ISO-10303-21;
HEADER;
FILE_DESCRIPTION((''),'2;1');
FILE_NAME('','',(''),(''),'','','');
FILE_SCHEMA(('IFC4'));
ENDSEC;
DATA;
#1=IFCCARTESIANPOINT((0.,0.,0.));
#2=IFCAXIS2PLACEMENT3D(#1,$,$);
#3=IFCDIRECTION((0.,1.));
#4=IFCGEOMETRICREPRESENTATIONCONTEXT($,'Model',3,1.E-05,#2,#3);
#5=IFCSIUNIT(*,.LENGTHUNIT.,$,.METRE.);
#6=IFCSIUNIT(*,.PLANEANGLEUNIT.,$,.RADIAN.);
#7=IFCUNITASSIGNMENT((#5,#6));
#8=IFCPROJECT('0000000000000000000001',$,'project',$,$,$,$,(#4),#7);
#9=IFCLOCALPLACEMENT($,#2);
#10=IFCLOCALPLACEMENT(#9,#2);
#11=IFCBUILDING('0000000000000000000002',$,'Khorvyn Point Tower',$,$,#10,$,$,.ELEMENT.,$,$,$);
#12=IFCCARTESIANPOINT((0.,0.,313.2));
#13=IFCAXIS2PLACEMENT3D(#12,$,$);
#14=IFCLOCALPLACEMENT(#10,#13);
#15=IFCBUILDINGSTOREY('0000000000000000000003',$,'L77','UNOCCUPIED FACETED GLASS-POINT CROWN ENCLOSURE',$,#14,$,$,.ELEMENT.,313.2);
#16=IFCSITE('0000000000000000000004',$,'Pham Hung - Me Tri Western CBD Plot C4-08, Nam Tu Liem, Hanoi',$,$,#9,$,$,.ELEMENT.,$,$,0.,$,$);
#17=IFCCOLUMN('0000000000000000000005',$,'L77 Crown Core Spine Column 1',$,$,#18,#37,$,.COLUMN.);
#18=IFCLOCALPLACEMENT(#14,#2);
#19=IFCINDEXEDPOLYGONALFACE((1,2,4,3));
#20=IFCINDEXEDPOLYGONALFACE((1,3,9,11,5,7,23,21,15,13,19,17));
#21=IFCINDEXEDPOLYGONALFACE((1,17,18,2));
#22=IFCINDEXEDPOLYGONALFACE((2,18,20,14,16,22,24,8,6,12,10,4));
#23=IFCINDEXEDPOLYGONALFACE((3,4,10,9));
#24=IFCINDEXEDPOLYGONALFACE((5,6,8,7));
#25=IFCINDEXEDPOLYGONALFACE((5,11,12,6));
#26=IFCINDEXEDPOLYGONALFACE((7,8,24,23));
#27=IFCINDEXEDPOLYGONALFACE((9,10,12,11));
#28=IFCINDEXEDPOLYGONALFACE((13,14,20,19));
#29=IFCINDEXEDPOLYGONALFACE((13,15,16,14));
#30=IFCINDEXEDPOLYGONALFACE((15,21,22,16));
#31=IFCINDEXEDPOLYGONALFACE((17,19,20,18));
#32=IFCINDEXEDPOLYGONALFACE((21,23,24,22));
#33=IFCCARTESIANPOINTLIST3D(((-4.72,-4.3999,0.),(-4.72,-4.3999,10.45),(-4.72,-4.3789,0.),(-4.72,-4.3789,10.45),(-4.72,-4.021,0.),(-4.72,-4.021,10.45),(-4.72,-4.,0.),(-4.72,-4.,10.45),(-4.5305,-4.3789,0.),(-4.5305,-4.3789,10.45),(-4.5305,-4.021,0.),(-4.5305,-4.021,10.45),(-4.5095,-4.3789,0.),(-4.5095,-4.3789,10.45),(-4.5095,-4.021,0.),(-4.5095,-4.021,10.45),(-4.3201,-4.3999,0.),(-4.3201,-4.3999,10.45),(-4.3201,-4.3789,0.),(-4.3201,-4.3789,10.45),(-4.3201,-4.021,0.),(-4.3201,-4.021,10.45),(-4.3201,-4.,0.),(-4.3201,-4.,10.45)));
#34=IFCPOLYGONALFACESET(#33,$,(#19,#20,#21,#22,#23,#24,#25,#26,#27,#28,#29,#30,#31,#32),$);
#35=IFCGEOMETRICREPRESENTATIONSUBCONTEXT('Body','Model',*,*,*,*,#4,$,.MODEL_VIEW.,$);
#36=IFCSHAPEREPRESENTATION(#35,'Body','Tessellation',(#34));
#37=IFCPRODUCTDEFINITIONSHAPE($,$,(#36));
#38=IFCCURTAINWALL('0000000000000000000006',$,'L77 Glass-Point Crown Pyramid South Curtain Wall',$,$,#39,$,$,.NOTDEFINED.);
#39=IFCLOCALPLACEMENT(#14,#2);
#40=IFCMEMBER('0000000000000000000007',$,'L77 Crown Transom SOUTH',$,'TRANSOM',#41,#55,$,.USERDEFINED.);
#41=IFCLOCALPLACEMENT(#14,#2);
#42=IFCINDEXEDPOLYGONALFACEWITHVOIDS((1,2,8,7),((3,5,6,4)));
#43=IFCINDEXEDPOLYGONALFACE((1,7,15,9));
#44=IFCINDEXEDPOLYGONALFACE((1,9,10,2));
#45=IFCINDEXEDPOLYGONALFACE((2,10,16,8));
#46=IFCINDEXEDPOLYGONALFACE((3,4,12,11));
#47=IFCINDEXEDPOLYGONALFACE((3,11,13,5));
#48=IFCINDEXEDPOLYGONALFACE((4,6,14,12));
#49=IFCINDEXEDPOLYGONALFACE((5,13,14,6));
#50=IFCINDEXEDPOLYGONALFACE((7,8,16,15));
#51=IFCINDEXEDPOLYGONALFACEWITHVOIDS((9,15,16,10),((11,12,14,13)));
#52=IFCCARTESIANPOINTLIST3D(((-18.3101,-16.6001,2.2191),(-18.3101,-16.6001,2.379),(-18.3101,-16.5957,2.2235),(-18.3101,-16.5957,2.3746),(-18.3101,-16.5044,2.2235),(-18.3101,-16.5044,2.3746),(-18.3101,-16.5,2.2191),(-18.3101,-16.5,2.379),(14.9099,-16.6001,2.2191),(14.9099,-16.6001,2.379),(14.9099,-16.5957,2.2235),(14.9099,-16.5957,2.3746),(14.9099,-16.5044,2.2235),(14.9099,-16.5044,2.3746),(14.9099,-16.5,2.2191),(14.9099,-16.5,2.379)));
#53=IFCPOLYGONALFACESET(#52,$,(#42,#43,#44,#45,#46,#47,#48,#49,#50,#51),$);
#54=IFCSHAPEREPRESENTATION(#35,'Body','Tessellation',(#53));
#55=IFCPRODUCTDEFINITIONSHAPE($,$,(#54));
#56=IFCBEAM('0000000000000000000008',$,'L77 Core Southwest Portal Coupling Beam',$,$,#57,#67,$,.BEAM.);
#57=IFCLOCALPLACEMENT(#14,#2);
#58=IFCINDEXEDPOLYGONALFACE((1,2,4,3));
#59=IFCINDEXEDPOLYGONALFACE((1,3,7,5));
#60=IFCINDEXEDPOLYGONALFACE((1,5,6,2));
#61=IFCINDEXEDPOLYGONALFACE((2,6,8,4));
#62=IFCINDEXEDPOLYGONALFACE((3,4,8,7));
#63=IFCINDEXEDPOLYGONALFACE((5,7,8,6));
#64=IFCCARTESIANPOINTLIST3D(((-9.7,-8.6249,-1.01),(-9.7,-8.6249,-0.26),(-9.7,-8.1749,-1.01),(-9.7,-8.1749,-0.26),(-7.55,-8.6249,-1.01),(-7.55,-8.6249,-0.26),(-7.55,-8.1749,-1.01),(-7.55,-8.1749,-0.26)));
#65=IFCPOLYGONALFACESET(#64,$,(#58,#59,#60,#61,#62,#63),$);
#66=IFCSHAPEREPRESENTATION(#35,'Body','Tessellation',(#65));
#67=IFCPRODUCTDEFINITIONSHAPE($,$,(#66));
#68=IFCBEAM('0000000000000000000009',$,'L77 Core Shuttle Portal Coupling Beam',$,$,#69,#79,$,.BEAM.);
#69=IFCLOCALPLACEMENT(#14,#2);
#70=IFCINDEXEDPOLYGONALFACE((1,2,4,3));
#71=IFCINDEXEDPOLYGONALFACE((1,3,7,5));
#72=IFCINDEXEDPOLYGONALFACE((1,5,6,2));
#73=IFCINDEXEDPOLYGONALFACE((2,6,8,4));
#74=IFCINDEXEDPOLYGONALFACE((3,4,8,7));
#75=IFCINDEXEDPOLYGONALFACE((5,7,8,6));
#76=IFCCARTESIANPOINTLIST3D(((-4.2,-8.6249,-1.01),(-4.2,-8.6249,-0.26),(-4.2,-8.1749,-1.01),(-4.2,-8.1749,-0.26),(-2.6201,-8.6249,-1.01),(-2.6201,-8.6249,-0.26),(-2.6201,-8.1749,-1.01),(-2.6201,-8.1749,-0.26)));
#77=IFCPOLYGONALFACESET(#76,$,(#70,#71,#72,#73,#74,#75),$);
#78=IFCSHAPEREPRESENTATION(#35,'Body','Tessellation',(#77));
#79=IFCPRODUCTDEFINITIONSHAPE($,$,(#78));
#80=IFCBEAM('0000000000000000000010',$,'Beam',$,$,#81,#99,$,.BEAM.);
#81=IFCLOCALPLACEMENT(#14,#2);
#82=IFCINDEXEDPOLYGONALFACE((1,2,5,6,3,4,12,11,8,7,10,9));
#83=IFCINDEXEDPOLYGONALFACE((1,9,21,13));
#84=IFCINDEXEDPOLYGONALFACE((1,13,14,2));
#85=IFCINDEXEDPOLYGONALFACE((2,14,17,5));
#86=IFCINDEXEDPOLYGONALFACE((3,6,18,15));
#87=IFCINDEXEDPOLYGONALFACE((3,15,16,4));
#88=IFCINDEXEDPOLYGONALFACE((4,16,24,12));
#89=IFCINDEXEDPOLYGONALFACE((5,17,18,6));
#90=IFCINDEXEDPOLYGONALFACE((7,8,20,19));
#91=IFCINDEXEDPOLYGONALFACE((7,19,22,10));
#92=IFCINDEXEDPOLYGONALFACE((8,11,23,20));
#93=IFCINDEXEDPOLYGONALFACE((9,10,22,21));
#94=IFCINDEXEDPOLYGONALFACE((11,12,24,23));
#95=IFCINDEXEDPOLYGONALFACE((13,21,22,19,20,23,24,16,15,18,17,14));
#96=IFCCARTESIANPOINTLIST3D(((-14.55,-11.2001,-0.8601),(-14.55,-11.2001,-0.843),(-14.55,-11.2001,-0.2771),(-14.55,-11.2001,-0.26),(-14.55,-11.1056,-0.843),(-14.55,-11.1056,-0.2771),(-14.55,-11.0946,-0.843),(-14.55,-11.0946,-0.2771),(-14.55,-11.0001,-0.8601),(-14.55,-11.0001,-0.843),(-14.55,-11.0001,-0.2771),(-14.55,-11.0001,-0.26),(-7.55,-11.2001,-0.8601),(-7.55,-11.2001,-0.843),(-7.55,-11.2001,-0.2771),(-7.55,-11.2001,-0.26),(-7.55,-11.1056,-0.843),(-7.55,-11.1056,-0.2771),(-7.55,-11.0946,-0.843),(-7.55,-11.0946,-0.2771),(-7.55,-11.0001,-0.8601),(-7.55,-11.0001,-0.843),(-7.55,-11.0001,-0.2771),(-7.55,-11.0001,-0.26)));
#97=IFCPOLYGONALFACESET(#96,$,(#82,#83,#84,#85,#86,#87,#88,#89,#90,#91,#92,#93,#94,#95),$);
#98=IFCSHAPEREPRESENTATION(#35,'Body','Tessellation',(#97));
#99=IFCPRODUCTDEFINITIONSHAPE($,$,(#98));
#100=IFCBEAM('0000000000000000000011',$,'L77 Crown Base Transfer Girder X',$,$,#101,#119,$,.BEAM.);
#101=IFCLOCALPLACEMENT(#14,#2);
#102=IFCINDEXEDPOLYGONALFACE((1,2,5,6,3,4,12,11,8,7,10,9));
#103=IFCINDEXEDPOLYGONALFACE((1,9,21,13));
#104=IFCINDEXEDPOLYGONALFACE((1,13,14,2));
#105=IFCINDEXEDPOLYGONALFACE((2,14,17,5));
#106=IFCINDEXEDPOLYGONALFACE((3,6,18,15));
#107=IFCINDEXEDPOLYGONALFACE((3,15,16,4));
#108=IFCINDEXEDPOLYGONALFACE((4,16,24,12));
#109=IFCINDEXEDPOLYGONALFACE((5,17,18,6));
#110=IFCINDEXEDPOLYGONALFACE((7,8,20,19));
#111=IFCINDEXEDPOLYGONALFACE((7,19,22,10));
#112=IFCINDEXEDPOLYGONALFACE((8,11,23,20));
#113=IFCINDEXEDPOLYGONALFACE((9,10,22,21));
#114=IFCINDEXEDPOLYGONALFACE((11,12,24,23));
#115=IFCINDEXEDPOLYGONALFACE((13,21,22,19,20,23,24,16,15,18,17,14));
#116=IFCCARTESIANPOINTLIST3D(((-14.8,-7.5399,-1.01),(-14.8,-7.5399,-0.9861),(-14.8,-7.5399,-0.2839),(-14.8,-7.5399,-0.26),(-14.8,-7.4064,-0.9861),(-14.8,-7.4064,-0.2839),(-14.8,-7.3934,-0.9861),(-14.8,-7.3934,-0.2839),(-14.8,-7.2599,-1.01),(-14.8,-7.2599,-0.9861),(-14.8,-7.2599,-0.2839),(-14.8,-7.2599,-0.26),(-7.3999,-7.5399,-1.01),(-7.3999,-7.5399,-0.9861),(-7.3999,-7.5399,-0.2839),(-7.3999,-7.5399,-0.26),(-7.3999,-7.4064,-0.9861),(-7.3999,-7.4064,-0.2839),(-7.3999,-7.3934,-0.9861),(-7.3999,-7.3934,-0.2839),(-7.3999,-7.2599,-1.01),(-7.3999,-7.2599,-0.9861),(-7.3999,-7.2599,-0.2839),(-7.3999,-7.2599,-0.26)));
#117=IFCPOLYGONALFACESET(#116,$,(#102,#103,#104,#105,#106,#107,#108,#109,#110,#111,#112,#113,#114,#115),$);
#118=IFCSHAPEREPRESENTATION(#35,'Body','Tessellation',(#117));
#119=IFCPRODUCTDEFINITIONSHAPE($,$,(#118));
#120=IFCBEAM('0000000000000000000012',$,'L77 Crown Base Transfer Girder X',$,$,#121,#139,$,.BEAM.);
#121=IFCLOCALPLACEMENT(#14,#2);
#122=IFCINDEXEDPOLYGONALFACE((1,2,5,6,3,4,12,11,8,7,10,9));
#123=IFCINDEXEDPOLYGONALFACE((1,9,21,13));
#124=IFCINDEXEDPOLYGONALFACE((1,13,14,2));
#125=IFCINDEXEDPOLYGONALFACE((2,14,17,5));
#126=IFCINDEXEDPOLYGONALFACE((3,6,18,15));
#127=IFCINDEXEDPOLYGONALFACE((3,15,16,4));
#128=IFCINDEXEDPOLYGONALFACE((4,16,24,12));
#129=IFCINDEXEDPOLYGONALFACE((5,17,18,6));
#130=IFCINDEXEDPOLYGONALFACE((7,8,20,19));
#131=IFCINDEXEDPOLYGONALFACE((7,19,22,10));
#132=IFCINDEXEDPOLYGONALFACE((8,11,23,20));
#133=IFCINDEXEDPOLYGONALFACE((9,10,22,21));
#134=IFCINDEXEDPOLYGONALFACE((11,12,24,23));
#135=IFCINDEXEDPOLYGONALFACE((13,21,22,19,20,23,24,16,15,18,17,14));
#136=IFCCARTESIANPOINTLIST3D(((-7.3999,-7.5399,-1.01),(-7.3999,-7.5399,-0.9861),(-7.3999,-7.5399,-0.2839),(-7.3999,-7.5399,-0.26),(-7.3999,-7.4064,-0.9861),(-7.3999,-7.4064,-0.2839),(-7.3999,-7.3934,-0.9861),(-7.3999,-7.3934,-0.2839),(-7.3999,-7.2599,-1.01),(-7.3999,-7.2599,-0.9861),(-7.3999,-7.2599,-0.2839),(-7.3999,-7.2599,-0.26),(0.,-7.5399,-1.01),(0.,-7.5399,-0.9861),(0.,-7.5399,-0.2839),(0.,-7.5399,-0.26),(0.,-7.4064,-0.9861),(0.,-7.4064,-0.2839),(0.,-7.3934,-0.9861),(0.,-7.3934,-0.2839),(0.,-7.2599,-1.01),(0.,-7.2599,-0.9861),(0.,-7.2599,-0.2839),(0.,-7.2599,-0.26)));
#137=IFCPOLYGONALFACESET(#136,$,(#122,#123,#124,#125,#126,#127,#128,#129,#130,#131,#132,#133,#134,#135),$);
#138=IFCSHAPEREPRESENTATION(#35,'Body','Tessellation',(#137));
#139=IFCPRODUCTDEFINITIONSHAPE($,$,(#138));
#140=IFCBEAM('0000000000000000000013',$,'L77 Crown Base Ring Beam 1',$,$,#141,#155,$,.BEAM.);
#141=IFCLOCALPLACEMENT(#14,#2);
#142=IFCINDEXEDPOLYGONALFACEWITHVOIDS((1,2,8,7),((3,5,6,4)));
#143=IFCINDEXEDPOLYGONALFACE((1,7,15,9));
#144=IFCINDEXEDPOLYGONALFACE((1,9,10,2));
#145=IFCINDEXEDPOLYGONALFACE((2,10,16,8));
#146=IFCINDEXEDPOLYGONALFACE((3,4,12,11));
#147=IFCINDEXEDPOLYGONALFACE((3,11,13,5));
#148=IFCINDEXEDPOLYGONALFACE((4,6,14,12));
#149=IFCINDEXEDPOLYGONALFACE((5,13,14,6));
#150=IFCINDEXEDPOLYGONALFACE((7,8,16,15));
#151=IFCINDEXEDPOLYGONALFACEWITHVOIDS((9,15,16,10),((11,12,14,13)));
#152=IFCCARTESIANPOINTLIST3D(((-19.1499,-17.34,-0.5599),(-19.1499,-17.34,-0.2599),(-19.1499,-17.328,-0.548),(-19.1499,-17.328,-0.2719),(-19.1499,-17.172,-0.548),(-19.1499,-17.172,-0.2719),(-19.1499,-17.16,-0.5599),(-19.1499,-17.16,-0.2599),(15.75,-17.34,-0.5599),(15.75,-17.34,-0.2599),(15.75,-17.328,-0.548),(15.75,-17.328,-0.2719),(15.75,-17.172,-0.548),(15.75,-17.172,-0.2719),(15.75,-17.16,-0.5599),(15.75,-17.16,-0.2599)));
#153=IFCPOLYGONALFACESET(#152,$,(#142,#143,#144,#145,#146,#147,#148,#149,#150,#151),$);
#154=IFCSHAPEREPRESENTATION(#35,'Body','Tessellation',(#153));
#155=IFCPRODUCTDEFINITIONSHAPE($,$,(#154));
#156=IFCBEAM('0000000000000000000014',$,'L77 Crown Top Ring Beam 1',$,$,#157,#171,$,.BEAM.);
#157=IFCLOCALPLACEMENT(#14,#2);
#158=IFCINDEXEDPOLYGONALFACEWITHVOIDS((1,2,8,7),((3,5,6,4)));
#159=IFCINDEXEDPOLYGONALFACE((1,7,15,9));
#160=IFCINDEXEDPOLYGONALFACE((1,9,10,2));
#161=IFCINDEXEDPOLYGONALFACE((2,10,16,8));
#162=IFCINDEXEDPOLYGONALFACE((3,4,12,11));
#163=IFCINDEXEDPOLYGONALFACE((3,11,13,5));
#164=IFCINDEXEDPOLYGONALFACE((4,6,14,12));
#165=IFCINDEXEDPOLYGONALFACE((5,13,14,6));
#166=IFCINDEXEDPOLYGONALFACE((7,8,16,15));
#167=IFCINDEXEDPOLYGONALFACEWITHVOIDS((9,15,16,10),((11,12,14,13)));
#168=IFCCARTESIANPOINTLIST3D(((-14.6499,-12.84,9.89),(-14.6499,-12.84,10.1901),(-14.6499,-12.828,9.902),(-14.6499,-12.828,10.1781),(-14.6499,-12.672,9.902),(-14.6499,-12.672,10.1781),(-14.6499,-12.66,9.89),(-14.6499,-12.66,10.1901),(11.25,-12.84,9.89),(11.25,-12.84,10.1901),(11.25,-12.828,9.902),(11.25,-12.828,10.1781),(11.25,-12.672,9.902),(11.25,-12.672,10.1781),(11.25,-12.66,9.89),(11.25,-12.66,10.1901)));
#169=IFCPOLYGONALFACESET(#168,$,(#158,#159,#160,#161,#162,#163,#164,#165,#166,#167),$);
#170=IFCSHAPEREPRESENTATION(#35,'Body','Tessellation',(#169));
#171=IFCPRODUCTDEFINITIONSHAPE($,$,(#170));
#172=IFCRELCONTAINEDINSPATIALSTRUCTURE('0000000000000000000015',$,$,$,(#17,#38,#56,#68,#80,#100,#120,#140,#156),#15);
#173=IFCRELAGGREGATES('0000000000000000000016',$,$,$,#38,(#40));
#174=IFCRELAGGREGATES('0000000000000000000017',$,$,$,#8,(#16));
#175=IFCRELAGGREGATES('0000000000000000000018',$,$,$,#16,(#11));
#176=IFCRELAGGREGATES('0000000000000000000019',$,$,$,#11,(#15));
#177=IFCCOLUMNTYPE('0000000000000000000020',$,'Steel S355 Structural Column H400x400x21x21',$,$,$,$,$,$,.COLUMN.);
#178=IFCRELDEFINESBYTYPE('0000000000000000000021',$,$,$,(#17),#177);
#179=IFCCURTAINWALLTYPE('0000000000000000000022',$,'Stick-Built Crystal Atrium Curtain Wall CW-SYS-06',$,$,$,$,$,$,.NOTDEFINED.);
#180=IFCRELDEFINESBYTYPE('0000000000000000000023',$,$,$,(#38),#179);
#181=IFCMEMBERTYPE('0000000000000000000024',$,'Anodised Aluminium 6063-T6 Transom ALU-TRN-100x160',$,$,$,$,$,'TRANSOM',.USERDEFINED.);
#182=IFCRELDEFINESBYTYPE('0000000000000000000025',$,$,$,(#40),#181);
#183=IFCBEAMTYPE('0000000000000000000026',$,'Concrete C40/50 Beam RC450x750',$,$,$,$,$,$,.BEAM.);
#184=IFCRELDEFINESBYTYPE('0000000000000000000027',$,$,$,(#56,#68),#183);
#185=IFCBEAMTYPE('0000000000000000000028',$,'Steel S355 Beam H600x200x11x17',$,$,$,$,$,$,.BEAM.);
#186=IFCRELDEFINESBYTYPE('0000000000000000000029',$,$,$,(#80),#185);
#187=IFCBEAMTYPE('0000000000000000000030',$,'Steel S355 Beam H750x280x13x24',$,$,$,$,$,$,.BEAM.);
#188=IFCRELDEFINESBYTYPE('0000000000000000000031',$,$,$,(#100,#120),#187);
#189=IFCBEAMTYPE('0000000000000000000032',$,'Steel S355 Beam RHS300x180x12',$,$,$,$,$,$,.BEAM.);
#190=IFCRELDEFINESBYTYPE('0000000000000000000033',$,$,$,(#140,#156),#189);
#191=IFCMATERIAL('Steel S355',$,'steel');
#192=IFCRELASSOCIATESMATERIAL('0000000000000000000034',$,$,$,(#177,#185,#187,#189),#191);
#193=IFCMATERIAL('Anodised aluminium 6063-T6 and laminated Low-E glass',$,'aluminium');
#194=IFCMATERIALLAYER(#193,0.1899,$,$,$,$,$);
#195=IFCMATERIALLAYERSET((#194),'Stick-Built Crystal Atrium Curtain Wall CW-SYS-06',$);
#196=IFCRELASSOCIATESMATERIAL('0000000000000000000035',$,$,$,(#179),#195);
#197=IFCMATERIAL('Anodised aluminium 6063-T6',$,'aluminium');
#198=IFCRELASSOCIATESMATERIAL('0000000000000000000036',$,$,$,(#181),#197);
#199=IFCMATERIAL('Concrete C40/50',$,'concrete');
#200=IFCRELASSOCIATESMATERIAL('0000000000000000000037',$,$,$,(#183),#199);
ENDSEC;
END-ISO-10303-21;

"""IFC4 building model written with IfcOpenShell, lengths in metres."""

from ifc_helpers import new_model, si_unit, direction, frame, origin, origin_2d, place, context, subcontext, project, spatial, rectangle, hollow_rectangle, i_section, extrude, material, layer, layer_set, material_profile, profile_set, type_object, element, aggregate, save


model = new_model("IFC4")

# Units and contexts
model_context = context("Model", 3, precision=1e-05, world=origin(), true_north=direction((0.0, 1.0)))
body_context = subcontext(model_context, "Body", "Model", "MODEL_VIEW")
ifc_project = project(units=[si_unit("LENGTHUNIT", "METRE"), si_unit("PLANEANGLEUNIT", "RADIAN")], contexts=[model_context])

# Site, building, storey
site_placement = place(None, origin())
site = spatial("IfcSite", under=ifc_project, at=site_placement, Name="Pham Hung - Me Tri Western CBD Plot C4-08, Nam Tu Liem, Hanoi", CompositionType="ELEMENT", RefElevation=0.0)
building_placement = place(site_placement, origin())
building = spatial("IfcBuilding", under=site, at=building_placement, Name="Khorvyn Point Tower", CompositionType="ELEMENT")
storey_placement = place(building_placement, frame((0.0, 0.0, 313.2)))
storey = spatial("IfcBuildingStorey", under=building, at=storey_placement, Name="L77", Description="UNOCCUPIED FACETED GLASS-POINT CROWN ENCLOSURE", CompositionType="ELEMENT", Elevation=313.2)

# Column
ifc_material_1 = material(Name="Steel S355", Category="steel")
ifc_material_profile_1 = material_profile(ifc_material_1, i_section(OverallWidth=0.3999, OverallDepth=0.3999, WebThickness=0.021, FlangeThickness=0.021, at=origin_2d()))
ifc_profile_set_1 = profile_set([ifc_material_profile_1], Name="Steel S355 H400x400x21x21")
column_type = type_object("IfcColumnType", Name="Steel S355 Structural Column H400x400x21x21", PredefinedType="COLUMN", material=ifc_profile_set_1)
column_placement = place(storey_placement, frame((-4.52, -4.2, 0.0), z_axis=(0.0, 0.0, 1.0), x_axis=(1.0, 0.0, 0.0)))
element("IfcColumn", 1, at=column_placement, inside=storey, type_object=column_type, Name="L77 Crown Core Spine Column 1", PredefinedType="COLUMN", context=body_context, shape_type="SweptSolid", body=[
    extrude(i_section(OverallWidth=0.3999, OverallDepth=0.3999, WebThickness=0.021, FlangeThickness=0.021, at=origin_2d()), origin(), (0.0, 0.0, 1.0), 10.45),
])

# Curtain wall, member
ifc_material_2 = material(Name="Anodised aluminium 6063-T6 and laminated Low-E glass", Category="aluminium")
ifc_layer_1 = layer(ifc_material_2, 0.1899)
ifc_layer_set_1 = layer_set([ifc_layer_1], Name="Stick-Built Crystal Atrium Curtain Wall CW-SYS-06")
curtain_wall_type = type_object("IfcCurtainWallType", Name="Stick-Built Crystal Atrium Curtain Wall CW-SYS-06", PredefinedType="NOTDEFINED", material=ifc_layer_set_1)
curtain_wall_placement = place(storey_placement, origin())
curtain_wall = element("IfcCurtainWall", 2, at=curtain_wall_placement, inside=storey, type_object=curtain_wall_type, Name="L77 Glass-Point Crown Pyramid South Curtain Wall", PredefinedType="NOTDEFINED")
ifc_material_3 = material(Name="Anodised aluminium 6063-T6", Category="aluminium")
ifc_material_profile_2 = material_profile(ifc_material_3, hollow_rectangle(XDim=0.1001, YDim=0.1599, WallThickness=0.0044, at=origin_2d()))
ifc_profile_set_2 = profile_set([ifc_material_profile_2], Name="Anodised aluminium 6063-T6 ALU-TRN-100x160")
member_type_1 = type_object("IfcMemberType", Name="Anodised Aluminium 6063-T6 Transom ALU-TRN-100x160", ElementType="TRANSOM", PredefinedType="USERDEFINED", material=ifc_profile_set_2)
member_1_placement = place(storey_placement, frame((-18.3101, -16.55, 2.2991), z_axis=(1.0, 0.0, 0.0), x_axis=(0.0, 1.0, 0.0)))
member_1 = element("IfcMember", 3, at=member_1_placement, type_object=member_type_1, Name="L77 Crown Transom SOUTH", ObjectType="TRANSOM", PredefinedType="USERDEFINED", context=body_context, shape_type="SweptSolid", body=[
    extrude(hollow_rectangle(XDim=0.1001, YDim=0.1599, WallThickness=0.0044, at=origin_2d()), origin(), (0.0, 0.0, 1.0), 33.22),
])

# Beams
ifc_material_4 = material(Name="Concrete C40/50", Category="concrete")
ifc_material_profile_3 = material_profile(ifc_material_4, rectangle(XDim=0.45, YDim=0.75, at=origin_2d()))
ifc_profile_set_3 = profile_set([ifc_material_profile_3], Name="Concrete C40/50 RC450x750")
beam_type_1 = type_object("IfcBeamType", Name="Concrete C40/50 Beam RC450x750", PredefinedType="BEAM", material=ifc_profile_set_3)
beam_1_placement = place(storey_placement, frame((-9.7, -8.3999, -0.635), z_axis=(1.0, 0.0, 0.0), x_axis=(0.0, 1.0, 0.0)))
element("IfcBeam", 4, at=beam_1_placement, inside=storey, type_object=beam_type_1, Name="L77 Core Southwest Portal Coupling Beam", PredefinedType="BEAM", context=body_context, shape_type="SweptSolid", body=[
    extrude(rectangle(XDim=0.45, YDim=0.75, at=origin_2d()), origin(), (0.0, 0.0, 1.0), 2.1499),
])
beam_2_placement = place(storey_placement, frame((-4.2, -8.3999, -0.635), z_axis=(1.0, 0.0, 0.0), x_axis=(0.0, 1.0, 0.0)))
element("IfcBeam", 5, at=beam_2_placement, inside=storey, type_object=beam_type_1, Name="L77 Core Shuttle Portal Coupling Beam", PredefinedType="BEAM", context=body_context, shape_type="SweptSolid", body=[
    extrude(rectangle(XDim=0.45, YDim=0.75, at=origin_2d()), origin(), (0.0, 0.0, 1.0), 1.5798),
])
ifc_material_profile_4 = material_profile(ifc_material_1, i_section(OverallWidth=0.2, OverallDepth=0.6001, WebThickness=0.011, FlangeThickness=0.0171, at=origin_2d()))
ifc_profile_set_4 = profile_set([ifc_material_profile_4], Name="Steel S355 H600x200x11x17")
beam_type_2 = type_object("IfcBeamType", Name="Steel S355 Beam H600x200x11x17", PredefinedType="BEAM", material=ifc_profile_set_4)
beam_3_placement = place(storey_placement, frame((-14.55, -11.1001, -0.5601), z_axis=(1.0, 0.0, 0.0), x_axis=(0.0, 1.0, 0.0)))
element("IfcBeam", 6, at=beam_3_placement, inside=storey, type_object=beam_type_2, Name="Beam", PredefinedType="BEAM", context=body_context, shape_type="SweptSolid", body=[
    extrude(i_section(OverallWidth=0.2, OverallDepth=0.6001, WebThickness=0.011, FlangeThickness=0.0171, at=origin_2d()), origin(), (0.0, 0.0, 1.0), 7.0),
])
ifc_material_profile_5 = material_profile(ifc_material_1, i_section(OverallWidth=0.28, OverallDepth=0.75, WebThickness=0.0129, FlangeThickness=0.0239, at=origin_2d()))
ifc_profile_set_5 = profile_set([ifc_material_profile_5], Name="Steel S355 H750x280x13x24")
beam_type_3 = type_object("IfcBeamType", Name="Steel S355 Beam H750x280x13x24", PredefinedType="BEAM", material=ifc_profile_set_5)
beam_4_placement = place(storey_placement, frame((-14.8, -7.3999, -0.635), z_axis=(1.0, 0.0, 0.0), x_axis=(0.0, 1.0, 0.0)))
element("IfcBeam", 7, at=beam_4_placement, inside=storey, type_object=beam_type_3, Name="L77 Crown Base Transfer Girder X", PredefinedType="BEAM", context=body_context, shape_type="SweptSolid", body=[
    extrude(i_section(OverallWidth=0.28, OverallDepth=0.75, WebThickness=0.0129, FlangeThickness=0.0239, at=origin_2d()), origin(), (0.0, 0.0, 1.0), 7.4001),
])
beam_5_placement = place(storey_placement, frame((-7.3999, -7.3999, -0.635), z_axis=(1.0, 0.0, 0.0), x_axis=(0.0, 1.0, 0.0)))
element("IfcBeam", 8, at=beam_5_placement, inside=storey, type_object=beam_type_3, Name="L77 Crown Base Transfer Girder X", PredefinedType="BEAM", context=body_context, shape_type="SweptSolid", body=[
    extrude(i_section(OverallWidth=0.28, OverallDepth=0.75, WebThickness=0.0129, FlangeThickness=0.0239, at=origin_2d()), origin(), (0.0, 0.0, 1.0), 7.3999),
])
ifc_material_profile_6 = material_profile(ifc_material_1, hollow_rectangle(XDim=0.1799, YDim=0.3, WallThickness=0.012, at=origin_2d()))
ifc_profile_set_6 = profile_set([ifc_material_profile_6], Name="Steel S355 RHS300x180x12")
beam_type_4 = type_object("IfcBeamType", Name="Steel S355 Beam RHS300x180x12", PredefinedType="BEAM", material=ifc_profile_set_6)
beam_6_placement = place(storey_placement, frame((-19.1499, -17.25, -0.4099), z_axis=(1.0, 0.0, 0.0), x_axis=(0.0, 1.0, 0.0)))
element("IfcBeam", 9, at=beam_6_placement, inside=storey, type_object=beam_type_4, Name="L77 Crown Base Ring Beam 1", PredefinedType="BEAM", context=body_context, shape_type="SweptSolid", body=[
    extrude(hollow_rectangle(XDim=0.1799, YDim=0.3, WallThickness=0.012, at=origin_2d()), origin(), (0.0, 0.0, 1.0), 34.8999),
])
beam_7_placement = place(storey_placement, frame((-14.6499, -12.75, 10.04), z_axis=(1.0, 0.0, 0.0), x_axis=(0.0, 1.0, 0.0)))
element("IfcBeam", 10, at=beam_7_placement, inside=storey, type_object=beam_type_4, Name="L77 Crown Top Ring Beam 1", PredefinedType="BEAM", context=body_context, shape_type="SweptSolid", body=[
    extrude(hollow_rectangle(XDim=0.1799, YDim=0.3, WallThickness=0.012, at=origin_2d()), origin(), (0.0, 0.0, 1.0), 25.8999),
])

aggregate(curtain_wall, [member_1])

save(model, "model.ifc")
